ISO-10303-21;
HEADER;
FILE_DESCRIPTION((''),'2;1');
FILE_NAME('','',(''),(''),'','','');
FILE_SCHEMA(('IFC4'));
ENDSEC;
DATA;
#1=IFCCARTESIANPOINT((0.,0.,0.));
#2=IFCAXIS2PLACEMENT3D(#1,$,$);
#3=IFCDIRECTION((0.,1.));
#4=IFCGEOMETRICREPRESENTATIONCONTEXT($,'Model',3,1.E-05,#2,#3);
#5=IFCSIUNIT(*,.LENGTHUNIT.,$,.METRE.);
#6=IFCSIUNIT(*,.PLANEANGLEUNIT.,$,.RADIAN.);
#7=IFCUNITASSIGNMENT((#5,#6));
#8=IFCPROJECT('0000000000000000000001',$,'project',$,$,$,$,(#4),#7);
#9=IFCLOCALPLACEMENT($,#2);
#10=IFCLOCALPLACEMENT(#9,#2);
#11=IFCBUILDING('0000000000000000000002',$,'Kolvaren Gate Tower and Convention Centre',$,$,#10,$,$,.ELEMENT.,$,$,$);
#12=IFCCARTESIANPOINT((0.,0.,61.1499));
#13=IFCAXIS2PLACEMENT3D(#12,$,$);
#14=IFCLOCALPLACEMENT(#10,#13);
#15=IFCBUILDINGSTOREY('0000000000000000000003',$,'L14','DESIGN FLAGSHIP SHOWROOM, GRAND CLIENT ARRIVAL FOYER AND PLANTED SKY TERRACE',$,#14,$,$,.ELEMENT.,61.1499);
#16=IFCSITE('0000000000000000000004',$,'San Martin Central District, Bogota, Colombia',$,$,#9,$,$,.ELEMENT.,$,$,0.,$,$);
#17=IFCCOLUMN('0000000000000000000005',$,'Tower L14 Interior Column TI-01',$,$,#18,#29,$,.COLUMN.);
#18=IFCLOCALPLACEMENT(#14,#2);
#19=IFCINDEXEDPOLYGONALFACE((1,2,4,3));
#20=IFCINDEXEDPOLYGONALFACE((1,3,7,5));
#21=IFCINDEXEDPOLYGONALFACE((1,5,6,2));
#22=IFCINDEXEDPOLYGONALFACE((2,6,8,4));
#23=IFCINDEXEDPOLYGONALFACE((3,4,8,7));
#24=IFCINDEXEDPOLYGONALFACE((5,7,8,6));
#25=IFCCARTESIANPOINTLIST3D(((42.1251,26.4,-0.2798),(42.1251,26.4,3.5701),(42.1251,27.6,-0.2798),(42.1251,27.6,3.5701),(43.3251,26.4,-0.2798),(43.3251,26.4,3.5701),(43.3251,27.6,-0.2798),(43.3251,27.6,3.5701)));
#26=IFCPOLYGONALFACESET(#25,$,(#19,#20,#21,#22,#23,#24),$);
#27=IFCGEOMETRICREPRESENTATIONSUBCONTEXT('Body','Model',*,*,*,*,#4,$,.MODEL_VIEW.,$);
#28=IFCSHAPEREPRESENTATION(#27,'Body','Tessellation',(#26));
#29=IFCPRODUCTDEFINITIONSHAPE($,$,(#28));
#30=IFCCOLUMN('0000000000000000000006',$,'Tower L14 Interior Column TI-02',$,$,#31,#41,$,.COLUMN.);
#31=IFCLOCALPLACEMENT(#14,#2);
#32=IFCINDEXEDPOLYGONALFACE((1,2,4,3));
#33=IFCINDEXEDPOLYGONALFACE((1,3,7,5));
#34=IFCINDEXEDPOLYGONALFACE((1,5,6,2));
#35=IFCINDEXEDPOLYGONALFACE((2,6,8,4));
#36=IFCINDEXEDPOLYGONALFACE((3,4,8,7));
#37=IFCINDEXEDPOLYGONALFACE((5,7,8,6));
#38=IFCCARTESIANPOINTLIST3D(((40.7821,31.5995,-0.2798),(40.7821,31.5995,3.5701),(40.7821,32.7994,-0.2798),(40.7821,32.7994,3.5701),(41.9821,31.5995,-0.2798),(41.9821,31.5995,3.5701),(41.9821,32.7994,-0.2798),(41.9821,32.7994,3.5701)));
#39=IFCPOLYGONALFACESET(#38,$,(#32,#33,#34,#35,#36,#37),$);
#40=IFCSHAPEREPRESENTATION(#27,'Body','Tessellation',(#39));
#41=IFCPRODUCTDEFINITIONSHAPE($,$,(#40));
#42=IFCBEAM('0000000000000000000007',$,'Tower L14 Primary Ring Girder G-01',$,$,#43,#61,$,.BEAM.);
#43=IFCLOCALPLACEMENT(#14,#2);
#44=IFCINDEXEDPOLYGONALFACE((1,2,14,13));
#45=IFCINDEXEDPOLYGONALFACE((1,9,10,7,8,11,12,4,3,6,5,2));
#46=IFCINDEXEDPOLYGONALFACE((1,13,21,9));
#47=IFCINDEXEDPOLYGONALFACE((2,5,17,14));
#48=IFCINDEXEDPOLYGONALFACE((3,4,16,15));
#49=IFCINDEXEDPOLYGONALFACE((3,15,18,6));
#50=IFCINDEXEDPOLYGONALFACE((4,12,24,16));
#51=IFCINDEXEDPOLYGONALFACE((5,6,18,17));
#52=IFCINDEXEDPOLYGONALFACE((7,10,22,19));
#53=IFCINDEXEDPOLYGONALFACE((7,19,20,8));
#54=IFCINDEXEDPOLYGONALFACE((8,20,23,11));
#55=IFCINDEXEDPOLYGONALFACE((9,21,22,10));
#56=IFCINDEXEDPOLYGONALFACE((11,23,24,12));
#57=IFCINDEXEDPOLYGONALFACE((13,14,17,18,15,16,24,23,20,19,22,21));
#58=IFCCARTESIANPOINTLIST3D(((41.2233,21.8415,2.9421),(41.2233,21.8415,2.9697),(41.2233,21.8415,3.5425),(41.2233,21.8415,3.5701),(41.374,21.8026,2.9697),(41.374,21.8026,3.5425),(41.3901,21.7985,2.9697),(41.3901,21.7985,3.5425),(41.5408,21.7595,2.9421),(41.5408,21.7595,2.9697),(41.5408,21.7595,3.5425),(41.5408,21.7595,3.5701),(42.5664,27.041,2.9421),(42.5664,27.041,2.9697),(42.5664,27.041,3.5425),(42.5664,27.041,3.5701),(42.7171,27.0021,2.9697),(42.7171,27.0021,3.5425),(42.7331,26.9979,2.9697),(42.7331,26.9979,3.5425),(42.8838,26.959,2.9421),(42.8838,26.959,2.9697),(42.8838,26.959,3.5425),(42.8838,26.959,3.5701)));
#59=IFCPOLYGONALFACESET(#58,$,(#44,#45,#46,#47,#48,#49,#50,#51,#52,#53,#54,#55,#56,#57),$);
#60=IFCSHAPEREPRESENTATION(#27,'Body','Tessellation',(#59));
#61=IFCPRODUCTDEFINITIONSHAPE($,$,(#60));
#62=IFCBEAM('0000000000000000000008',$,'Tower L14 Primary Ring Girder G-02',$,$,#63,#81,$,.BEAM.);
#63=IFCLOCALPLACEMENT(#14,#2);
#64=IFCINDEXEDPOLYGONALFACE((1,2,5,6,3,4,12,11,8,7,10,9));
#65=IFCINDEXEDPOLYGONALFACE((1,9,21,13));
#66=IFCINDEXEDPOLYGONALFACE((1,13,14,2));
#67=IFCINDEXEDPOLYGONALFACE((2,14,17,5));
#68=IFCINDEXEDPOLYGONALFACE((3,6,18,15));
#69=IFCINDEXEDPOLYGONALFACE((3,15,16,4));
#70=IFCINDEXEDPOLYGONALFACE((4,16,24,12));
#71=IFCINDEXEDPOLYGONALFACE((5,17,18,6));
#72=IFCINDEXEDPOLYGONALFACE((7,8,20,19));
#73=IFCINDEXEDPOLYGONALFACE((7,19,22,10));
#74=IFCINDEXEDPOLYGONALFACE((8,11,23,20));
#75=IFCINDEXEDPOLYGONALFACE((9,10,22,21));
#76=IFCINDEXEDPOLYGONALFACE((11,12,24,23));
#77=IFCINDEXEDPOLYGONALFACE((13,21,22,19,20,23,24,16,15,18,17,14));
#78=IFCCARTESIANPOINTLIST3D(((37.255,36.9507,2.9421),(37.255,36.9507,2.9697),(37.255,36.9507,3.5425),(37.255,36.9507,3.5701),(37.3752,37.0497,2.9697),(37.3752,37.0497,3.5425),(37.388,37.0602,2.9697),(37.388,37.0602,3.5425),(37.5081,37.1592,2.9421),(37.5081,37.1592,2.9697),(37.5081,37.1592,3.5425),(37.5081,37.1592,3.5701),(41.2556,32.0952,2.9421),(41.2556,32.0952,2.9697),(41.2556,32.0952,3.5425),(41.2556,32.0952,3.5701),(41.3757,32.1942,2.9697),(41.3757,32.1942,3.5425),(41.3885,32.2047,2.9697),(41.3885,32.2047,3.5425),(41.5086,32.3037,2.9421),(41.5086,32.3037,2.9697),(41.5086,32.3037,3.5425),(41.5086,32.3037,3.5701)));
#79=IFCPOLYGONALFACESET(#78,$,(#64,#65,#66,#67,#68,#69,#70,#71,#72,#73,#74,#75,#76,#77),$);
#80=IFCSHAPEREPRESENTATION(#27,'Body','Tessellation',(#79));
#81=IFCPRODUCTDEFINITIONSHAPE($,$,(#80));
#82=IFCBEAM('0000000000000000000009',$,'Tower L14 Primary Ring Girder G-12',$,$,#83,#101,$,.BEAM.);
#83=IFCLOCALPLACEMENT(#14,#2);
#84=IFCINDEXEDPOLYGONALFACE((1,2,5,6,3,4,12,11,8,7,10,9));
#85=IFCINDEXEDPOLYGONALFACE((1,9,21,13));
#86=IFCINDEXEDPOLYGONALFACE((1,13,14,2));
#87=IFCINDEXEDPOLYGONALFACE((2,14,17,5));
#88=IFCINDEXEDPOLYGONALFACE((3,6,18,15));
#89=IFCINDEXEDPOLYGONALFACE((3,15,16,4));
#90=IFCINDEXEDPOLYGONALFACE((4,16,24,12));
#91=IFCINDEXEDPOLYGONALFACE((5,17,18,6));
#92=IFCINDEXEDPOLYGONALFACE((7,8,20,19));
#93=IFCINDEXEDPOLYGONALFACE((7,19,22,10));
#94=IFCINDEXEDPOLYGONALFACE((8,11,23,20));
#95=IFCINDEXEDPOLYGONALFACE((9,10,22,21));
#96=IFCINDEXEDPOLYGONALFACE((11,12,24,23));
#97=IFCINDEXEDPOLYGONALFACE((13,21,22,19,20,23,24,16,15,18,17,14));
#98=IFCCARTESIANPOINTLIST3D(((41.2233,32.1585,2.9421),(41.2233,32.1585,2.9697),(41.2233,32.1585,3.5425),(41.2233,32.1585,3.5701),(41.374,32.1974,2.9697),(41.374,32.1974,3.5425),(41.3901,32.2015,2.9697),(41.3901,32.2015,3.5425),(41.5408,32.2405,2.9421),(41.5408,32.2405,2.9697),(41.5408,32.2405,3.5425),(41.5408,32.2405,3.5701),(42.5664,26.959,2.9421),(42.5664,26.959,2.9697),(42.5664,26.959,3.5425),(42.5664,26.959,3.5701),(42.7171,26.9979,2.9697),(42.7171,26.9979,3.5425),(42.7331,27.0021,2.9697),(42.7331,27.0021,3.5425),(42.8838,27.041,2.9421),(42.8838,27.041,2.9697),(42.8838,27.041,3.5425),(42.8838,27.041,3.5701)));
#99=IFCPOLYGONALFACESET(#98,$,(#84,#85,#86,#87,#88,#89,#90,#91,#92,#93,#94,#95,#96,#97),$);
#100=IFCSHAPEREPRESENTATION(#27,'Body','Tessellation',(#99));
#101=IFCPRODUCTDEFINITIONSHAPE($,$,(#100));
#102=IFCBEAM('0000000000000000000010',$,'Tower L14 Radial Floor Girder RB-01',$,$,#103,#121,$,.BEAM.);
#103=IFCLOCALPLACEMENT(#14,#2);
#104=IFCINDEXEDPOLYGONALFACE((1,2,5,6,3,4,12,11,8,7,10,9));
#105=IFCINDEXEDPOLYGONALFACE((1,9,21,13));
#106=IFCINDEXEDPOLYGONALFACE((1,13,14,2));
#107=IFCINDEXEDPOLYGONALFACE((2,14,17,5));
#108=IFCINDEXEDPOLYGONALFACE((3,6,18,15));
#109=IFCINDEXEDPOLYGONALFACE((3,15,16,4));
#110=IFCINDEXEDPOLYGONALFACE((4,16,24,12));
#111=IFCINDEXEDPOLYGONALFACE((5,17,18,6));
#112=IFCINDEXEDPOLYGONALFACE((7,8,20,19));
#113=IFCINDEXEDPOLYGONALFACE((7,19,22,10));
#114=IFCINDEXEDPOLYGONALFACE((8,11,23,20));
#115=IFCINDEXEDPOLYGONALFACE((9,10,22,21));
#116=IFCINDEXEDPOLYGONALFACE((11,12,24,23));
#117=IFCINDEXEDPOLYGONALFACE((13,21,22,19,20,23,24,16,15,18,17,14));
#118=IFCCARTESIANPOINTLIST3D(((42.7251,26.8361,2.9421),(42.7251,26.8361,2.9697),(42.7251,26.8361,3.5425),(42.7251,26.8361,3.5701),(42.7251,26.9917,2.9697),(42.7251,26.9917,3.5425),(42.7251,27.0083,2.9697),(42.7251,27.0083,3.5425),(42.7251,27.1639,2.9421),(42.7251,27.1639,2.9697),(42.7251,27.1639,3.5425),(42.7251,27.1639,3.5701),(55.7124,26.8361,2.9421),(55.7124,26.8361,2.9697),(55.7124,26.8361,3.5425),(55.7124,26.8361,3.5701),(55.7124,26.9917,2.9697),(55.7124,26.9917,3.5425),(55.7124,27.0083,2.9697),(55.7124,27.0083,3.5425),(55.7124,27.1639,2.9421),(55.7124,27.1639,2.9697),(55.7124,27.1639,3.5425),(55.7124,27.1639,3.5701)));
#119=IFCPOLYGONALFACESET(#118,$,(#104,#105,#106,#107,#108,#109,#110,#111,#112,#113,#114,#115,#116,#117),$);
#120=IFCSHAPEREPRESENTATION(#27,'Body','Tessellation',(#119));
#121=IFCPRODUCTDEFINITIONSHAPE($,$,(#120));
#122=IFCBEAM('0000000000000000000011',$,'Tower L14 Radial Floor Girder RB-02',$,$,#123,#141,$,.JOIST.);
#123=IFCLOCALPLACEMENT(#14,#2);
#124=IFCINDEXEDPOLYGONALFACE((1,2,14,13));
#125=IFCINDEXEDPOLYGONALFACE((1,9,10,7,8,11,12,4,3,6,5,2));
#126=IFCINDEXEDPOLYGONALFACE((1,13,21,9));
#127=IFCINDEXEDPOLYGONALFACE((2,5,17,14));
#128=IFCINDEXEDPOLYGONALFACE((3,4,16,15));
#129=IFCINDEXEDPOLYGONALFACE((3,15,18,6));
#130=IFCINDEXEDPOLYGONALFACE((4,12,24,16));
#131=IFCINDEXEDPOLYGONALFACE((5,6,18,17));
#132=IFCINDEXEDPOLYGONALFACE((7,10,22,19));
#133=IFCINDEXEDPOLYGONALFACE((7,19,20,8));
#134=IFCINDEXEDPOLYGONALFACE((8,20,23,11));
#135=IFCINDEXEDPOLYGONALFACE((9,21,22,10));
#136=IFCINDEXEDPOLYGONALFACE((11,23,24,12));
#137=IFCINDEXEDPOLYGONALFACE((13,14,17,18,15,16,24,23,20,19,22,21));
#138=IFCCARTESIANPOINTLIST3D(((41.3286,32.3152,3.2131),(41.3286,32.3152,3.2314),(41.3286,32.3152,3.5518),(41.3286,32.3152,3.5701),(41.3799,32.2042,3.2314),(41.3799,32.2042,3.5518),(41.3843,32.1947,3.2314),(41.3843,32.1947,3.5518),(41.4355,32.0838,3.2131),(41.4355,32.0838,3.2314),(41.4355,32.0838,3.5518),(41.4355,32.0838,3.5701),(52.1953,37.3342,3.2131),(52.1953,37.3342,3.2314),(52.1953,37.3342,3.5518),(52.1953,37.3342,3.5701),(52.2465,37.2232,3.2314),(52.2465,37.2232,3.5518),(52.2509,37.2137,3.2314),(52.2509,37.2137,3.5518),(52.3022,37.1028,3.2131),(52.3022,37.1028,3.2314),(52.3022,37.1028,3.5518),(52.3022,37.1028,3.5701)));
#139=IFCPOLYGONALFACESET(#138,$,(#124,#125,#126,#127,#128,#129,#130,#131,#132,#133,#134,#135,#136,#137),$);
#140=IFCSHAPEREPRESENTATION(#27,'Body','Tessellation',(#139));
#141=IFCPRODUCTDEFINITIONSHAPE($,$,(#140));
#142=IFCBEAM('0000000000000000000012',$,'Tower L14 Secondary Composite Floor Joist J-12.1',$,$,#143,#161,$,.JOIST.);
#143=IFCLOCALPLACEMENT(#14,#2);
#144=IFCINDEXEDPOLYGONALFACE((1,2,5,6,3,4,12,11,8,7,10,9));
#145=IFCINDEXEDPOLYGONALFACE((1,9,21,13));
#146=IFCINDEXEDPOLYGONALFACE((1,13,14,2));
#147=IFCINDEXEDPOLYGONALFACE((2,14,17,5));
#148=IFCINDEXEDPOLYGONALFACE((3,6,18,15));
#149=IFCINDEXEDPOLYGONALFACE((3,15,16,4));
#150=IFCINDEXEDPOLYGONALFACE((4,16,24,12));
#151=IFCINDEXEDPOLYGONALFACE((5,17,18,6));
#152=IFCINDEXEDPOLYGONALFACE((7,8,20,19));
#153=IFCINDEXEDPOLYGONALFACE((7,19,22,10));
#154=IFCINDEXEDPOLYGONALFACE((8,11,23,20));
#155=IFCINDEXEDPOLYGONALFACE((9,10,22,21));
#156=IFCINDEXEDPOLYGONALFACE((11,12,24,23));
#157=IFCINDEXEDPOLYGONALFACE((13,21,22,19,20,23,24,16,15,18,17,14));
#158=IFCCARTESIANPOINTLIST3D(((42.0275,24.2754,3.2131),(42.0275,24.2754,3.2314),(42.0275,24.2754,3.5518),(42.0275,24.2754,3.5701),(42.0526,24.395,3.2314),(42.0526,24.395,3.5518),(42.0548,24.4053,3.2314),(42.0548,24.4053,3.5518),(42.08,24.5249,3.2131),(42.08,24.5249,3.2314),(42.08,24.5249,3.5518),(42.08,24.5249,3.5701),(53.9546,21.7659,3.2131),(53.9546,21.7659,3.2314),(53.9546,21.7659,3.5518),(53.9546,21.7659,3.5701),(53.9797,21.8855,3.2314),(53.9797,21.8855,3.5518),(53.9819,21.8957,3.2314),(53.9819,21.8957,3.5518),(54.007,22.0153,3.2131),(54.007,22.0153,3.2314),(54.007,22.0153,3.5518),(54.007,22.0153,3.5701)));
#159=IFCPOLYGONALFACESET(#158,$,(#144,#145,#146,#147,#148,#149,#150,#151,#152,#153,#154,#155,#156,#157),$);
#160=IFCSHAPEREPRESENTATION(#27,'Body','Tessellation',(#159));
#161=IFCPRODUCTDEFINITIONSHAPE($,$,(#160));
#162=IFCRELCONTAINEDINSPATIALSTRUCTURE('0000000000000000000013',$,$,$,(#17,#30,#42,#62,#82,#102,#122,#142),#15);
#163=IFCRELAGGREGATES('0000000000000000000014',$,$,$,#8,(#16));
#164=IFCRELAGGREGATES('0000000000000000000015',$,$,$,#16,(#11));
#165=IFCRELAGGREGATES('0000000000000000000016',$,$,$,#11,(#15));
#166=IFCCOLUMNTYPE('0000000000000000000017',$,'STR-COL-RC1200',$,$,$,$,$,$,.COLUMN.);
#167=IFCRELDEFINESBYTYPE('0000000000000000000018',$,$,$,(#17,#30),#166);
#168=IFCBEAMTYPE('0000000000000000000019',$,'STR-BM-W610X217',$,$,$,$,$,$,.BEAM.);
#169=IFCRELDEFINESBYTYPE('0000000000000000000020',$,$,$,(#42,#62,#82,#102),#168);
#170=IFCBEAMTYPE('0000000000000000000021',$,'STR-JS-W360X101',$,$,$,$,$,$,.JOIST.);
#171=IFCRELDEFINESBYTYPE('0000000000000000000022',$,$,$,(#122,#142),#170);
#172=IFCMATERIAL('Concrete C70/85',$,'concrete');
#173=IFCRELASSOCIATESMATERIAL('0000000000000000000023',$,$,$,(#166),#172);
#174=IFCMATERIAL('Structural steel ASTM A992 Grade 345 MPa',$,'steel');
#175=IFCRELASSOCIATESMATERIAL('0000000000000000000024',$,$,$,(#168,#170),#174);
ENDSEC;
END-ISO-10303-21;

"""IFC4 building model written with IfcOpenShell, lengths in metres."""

from ifc_helpers import new_model, si_unit, direction, frame, origin, origin_2d, place, context, subcontext, project, spatial, rectangle, i_section, extrude, material, material_profile, profile_set, type_object, element, save


model = new_model("IFC4")

# Units and contexts
model_context = context("Model", 3, precision=1e-05, world=origin(), true_north=direction((0.0, 1.0)))
body_context = subcontext(model_context, "Body", "Model", "MODEL_VIEW")
ifc_project = project(units=[si_unit("LENGTHUNIT", "METRE"), si_unit("PLANEANGLEUNIT", "RADIAN")], contexts=[model_context])

# Site, building, storey
site_placement = place(None, origin())
site = spatial("IfcSite", under=ifc_project, at=site_placement, Name="San Martin Central District, Bogota, Colombia", CompositionType="ELEMENT", RefElevation=0.0)
building_placement = place(site_placement, origin())
building = spatial("IfcBuilding", under=site, at=building_placement, Name="Kolvaren Gate Tower and Convention Centre", CompositionType="ELEMENT")
storey_placement = place(building_placement, frame((0.0, 0.0, 61.1499)))
storey = spatial("IfcBuildingStorey", under=building, at=storey_placement, Name="L14", Description="DESIGN FLAGSHIP SHOWROOM, GRAND CLIENT ARRIVAL FOYER AND PLANTED SKY TERRACE", CompositionType="ELEMENT", Elevation=61.1499)

# Columns
ifc_material_1 = material(Name="Concrete C70/85", Category="concrete")
ifc_material_profile_1 = material_profile(ifc_material_1, rectangle(XDim=1.2, YDim=1.2, at=origin_2d()), Name="RC-COL-1200X1200")
ifc_profile_set_1 = profile_set([ifc_material_profile_1], Name="Concrete C70/85")
column_type = type_object("IfcColumnType", Name="STR-COL-RC1200", PredefinedType="COLUMN", material=ifc_profile_set_1)
for number, where, z_axis, x_axis, name in (
    (1, (42.7251, 27.0, -0.2798), (0.0, 0.0, 1.0), (1.0, 0.0, 0.0), "Tower L14 Interior Column TI-01"),
    (2, (41.3821, 32.1995, -0.2798), (0.0, 0.0, 1.0), (1.0, 0.0, 0.0), "Tower L14 Interior Column TI-02"),
):
    element("IfcColumn", number, at=place(storey_placement, frame(where, z_axis=z_axis, x_axis=x_axis)), inside=storey, type_object=column_type, Name=name, PredefinedType="COLUMN", context=body_context, shape_type="SweptSolid", body=[
        extrude(rectangle(XDim=1.2, YDim=1.2, at=origin_2d()), origin(), (0.0, 0.0, 1.0), 3.8499),
    ])

# Beams
ifc_material_2 = material(Name="Structural steel ASTM A992 Grade 345 MPa", Category="steel")
ifc_material_profile_2 = material_profile(ifc_material_2, i_section(OverallWidth=0.3279, OverallDepth=0.6279, WebThickness=0.0166, FlangeThickness=0.0276, at=origin_2d()), Name="W610X217")
ifc_profile_set_2 = profile_set([ifc_material_profile_2], Name="Structural steel ASTM A992 Grade 345 MPa")
beam_type_1 = type_object("IfcBeamType", Name="STR-BM-W610X217", PredefinedType="BEAM", material=ifc_profile_set_2)
beam_1_placement = place(storey_placement, frame((42.7251, 27.0, 3.2561), z_axis=(-0.250091, -0.968222, 0.0), x_axis=(0.968222, -0.250091, 0.0)))
element("IfcBeam", 3, at=beam_1_placement, inside=storey, type_object=beam_type_1, Name="Tower L14 Primary Ring Girder G-01", PredefinedType="BEAM", context=body_context, shape_type="SweptSolid", body=[
    extrude(i_section(OverallWidth=0.3279, OverallDepth=0.6279, WebThickness=0.0166, FlangeThickness=0.0276, at=origin_2d()), origin(), (0.0, 0.0, 1.0), 5.3701),
])
beam_2_placement = place(storey_placement, frame((41.3821, 32.1995, 3.2561), z_axis=(-0.635884, 0.771785, 0.0), x_axis=(-0.771785, -0.635884, 0.0)))
element("IfcBeam", 4, at=beam_2_placement, inside=storey, type_object=beam_type_1, Name="Tower L14 Primary Ring Girder G-02", PredefinedType="BEAM", context=body_context, shape_type="SweptSolid", body=[
    extrude(i_section(OverallWidth=0.3279, OverallDepth=0.6279, WebThickness=0.0166, FlangeThickness=0.0276, at=origin_2d()), origin(), (0.0, 0.0, 1.0), 6.2913),
])
beam_3_placement = place(storey_placement, frame((42.7251, 27.0, 3.2561), z_axis=(-0.250091, 0.968222, 0.0), x_axis=(-0.968222, -0.250091, 0.0)))
element("IfcBeam", 5, at=beam_3_placement, inside=storey, type_object=beam_type_1, Name="Tower L14 Primary Ring Girder G-12", PredefinedType="BEAM", context=body_context, shape_type="SweptSolid", body=[
    extrude(i_section(OverallWidth=0.3279, OverallDepth=0.6279, WebThickness=0.0166, FlangeThickness=0.0276, at=origin_2d()), origin(), (0.0, 0.0, 1.0), 5.3701),
])
beam_4_placement = place(storey_placement, frame((42.7251, 27.0, 3.2561), z_axis=(1.0, 0.0, 0.0), x_axis=(0.0, 1.0, 0.0)))
element("IfcBeam", 6, at=beam_4_placement, inside=storey, type_object=beam_type_1, Name="Tower L14 Radial Floor Girder RB-01", PredefinedType="BEAM", context=body_context, shape_type="SweptSolid", body=[
    extrude(i_section(OverallWidth=0.3279, OverallDepth=0.6279, WebThickness=0.0166, FlangeThickness=0.0276, at=origin_2d()), origin(), (0.0, 0.0, 1.0), 12.9873),
])
ifc_material_profile_3 = material_profile(ifc_material_2, i_section(OverallWidth=0.2549, OverallDepth=0.3569, WebThickness=0.0105, FlangeThickness=0.0183, at=origin_2d()), Name="W360X101")
ifc_profile_set_3 = profile_set([ifc_material_profile_3], Name="Structural steel ASTM A992 Grade 345 MPa")
beam_type_2 = type_object("IfcBeamType", Name="STR-JS-W360X101", PredefinedType="JOIST", material=ifc_profile_set_3)
beam_5_placement = place(storey_placement, frame((41.3821, 32.1995, 3.3916), z_axis=(0.907844, 0.419309, 0.0), x_axis=(-0.419309, 0.907844, 0.0)))
element("IfcBeam", 7, at=beam_5_placement, inside=storey, type_object=beam_type_2, Name="Tower L14 Radial Floor Girder RB-02", PredefinedType="JOIST", context=body_context, shape_type="SweptSolid", body=[
    extrude(i_section(OverallWidth=0.2549, OverallDepth=0.3569, WebThickness=0.0105, FlangeThickness=0.0183, at=origin_2d()), origin(), (0.0, 0.0, 1.0), 11.9697),
])
beam_6_placement = place(storey_placement, frame((42.0537, 24.4001, 3.3916), z_axis=(0.978573, -0.205898, 0.0), x_axis=(0.205898, 0.978573, 0.0)))
element("IfcBeam", 8, at=beam_6_placement, inside=storey, type_object=beam_type_2, Name="Tower L14 Secondary Composite Floor Joist J-12.1", PredefinedType="JOIST", context=body_context, shape_type="SweptSolid", body=[
    extrude(i_section(OverallWidth=0.2549, OverallDepth=0.3569, WebThickness=0.0105, FlangeThickness=0.0183, at=origin_2d()), origin(), (0.0, 0.0, 1.0), 12.1882),
])

save(model, "model.ifc")
